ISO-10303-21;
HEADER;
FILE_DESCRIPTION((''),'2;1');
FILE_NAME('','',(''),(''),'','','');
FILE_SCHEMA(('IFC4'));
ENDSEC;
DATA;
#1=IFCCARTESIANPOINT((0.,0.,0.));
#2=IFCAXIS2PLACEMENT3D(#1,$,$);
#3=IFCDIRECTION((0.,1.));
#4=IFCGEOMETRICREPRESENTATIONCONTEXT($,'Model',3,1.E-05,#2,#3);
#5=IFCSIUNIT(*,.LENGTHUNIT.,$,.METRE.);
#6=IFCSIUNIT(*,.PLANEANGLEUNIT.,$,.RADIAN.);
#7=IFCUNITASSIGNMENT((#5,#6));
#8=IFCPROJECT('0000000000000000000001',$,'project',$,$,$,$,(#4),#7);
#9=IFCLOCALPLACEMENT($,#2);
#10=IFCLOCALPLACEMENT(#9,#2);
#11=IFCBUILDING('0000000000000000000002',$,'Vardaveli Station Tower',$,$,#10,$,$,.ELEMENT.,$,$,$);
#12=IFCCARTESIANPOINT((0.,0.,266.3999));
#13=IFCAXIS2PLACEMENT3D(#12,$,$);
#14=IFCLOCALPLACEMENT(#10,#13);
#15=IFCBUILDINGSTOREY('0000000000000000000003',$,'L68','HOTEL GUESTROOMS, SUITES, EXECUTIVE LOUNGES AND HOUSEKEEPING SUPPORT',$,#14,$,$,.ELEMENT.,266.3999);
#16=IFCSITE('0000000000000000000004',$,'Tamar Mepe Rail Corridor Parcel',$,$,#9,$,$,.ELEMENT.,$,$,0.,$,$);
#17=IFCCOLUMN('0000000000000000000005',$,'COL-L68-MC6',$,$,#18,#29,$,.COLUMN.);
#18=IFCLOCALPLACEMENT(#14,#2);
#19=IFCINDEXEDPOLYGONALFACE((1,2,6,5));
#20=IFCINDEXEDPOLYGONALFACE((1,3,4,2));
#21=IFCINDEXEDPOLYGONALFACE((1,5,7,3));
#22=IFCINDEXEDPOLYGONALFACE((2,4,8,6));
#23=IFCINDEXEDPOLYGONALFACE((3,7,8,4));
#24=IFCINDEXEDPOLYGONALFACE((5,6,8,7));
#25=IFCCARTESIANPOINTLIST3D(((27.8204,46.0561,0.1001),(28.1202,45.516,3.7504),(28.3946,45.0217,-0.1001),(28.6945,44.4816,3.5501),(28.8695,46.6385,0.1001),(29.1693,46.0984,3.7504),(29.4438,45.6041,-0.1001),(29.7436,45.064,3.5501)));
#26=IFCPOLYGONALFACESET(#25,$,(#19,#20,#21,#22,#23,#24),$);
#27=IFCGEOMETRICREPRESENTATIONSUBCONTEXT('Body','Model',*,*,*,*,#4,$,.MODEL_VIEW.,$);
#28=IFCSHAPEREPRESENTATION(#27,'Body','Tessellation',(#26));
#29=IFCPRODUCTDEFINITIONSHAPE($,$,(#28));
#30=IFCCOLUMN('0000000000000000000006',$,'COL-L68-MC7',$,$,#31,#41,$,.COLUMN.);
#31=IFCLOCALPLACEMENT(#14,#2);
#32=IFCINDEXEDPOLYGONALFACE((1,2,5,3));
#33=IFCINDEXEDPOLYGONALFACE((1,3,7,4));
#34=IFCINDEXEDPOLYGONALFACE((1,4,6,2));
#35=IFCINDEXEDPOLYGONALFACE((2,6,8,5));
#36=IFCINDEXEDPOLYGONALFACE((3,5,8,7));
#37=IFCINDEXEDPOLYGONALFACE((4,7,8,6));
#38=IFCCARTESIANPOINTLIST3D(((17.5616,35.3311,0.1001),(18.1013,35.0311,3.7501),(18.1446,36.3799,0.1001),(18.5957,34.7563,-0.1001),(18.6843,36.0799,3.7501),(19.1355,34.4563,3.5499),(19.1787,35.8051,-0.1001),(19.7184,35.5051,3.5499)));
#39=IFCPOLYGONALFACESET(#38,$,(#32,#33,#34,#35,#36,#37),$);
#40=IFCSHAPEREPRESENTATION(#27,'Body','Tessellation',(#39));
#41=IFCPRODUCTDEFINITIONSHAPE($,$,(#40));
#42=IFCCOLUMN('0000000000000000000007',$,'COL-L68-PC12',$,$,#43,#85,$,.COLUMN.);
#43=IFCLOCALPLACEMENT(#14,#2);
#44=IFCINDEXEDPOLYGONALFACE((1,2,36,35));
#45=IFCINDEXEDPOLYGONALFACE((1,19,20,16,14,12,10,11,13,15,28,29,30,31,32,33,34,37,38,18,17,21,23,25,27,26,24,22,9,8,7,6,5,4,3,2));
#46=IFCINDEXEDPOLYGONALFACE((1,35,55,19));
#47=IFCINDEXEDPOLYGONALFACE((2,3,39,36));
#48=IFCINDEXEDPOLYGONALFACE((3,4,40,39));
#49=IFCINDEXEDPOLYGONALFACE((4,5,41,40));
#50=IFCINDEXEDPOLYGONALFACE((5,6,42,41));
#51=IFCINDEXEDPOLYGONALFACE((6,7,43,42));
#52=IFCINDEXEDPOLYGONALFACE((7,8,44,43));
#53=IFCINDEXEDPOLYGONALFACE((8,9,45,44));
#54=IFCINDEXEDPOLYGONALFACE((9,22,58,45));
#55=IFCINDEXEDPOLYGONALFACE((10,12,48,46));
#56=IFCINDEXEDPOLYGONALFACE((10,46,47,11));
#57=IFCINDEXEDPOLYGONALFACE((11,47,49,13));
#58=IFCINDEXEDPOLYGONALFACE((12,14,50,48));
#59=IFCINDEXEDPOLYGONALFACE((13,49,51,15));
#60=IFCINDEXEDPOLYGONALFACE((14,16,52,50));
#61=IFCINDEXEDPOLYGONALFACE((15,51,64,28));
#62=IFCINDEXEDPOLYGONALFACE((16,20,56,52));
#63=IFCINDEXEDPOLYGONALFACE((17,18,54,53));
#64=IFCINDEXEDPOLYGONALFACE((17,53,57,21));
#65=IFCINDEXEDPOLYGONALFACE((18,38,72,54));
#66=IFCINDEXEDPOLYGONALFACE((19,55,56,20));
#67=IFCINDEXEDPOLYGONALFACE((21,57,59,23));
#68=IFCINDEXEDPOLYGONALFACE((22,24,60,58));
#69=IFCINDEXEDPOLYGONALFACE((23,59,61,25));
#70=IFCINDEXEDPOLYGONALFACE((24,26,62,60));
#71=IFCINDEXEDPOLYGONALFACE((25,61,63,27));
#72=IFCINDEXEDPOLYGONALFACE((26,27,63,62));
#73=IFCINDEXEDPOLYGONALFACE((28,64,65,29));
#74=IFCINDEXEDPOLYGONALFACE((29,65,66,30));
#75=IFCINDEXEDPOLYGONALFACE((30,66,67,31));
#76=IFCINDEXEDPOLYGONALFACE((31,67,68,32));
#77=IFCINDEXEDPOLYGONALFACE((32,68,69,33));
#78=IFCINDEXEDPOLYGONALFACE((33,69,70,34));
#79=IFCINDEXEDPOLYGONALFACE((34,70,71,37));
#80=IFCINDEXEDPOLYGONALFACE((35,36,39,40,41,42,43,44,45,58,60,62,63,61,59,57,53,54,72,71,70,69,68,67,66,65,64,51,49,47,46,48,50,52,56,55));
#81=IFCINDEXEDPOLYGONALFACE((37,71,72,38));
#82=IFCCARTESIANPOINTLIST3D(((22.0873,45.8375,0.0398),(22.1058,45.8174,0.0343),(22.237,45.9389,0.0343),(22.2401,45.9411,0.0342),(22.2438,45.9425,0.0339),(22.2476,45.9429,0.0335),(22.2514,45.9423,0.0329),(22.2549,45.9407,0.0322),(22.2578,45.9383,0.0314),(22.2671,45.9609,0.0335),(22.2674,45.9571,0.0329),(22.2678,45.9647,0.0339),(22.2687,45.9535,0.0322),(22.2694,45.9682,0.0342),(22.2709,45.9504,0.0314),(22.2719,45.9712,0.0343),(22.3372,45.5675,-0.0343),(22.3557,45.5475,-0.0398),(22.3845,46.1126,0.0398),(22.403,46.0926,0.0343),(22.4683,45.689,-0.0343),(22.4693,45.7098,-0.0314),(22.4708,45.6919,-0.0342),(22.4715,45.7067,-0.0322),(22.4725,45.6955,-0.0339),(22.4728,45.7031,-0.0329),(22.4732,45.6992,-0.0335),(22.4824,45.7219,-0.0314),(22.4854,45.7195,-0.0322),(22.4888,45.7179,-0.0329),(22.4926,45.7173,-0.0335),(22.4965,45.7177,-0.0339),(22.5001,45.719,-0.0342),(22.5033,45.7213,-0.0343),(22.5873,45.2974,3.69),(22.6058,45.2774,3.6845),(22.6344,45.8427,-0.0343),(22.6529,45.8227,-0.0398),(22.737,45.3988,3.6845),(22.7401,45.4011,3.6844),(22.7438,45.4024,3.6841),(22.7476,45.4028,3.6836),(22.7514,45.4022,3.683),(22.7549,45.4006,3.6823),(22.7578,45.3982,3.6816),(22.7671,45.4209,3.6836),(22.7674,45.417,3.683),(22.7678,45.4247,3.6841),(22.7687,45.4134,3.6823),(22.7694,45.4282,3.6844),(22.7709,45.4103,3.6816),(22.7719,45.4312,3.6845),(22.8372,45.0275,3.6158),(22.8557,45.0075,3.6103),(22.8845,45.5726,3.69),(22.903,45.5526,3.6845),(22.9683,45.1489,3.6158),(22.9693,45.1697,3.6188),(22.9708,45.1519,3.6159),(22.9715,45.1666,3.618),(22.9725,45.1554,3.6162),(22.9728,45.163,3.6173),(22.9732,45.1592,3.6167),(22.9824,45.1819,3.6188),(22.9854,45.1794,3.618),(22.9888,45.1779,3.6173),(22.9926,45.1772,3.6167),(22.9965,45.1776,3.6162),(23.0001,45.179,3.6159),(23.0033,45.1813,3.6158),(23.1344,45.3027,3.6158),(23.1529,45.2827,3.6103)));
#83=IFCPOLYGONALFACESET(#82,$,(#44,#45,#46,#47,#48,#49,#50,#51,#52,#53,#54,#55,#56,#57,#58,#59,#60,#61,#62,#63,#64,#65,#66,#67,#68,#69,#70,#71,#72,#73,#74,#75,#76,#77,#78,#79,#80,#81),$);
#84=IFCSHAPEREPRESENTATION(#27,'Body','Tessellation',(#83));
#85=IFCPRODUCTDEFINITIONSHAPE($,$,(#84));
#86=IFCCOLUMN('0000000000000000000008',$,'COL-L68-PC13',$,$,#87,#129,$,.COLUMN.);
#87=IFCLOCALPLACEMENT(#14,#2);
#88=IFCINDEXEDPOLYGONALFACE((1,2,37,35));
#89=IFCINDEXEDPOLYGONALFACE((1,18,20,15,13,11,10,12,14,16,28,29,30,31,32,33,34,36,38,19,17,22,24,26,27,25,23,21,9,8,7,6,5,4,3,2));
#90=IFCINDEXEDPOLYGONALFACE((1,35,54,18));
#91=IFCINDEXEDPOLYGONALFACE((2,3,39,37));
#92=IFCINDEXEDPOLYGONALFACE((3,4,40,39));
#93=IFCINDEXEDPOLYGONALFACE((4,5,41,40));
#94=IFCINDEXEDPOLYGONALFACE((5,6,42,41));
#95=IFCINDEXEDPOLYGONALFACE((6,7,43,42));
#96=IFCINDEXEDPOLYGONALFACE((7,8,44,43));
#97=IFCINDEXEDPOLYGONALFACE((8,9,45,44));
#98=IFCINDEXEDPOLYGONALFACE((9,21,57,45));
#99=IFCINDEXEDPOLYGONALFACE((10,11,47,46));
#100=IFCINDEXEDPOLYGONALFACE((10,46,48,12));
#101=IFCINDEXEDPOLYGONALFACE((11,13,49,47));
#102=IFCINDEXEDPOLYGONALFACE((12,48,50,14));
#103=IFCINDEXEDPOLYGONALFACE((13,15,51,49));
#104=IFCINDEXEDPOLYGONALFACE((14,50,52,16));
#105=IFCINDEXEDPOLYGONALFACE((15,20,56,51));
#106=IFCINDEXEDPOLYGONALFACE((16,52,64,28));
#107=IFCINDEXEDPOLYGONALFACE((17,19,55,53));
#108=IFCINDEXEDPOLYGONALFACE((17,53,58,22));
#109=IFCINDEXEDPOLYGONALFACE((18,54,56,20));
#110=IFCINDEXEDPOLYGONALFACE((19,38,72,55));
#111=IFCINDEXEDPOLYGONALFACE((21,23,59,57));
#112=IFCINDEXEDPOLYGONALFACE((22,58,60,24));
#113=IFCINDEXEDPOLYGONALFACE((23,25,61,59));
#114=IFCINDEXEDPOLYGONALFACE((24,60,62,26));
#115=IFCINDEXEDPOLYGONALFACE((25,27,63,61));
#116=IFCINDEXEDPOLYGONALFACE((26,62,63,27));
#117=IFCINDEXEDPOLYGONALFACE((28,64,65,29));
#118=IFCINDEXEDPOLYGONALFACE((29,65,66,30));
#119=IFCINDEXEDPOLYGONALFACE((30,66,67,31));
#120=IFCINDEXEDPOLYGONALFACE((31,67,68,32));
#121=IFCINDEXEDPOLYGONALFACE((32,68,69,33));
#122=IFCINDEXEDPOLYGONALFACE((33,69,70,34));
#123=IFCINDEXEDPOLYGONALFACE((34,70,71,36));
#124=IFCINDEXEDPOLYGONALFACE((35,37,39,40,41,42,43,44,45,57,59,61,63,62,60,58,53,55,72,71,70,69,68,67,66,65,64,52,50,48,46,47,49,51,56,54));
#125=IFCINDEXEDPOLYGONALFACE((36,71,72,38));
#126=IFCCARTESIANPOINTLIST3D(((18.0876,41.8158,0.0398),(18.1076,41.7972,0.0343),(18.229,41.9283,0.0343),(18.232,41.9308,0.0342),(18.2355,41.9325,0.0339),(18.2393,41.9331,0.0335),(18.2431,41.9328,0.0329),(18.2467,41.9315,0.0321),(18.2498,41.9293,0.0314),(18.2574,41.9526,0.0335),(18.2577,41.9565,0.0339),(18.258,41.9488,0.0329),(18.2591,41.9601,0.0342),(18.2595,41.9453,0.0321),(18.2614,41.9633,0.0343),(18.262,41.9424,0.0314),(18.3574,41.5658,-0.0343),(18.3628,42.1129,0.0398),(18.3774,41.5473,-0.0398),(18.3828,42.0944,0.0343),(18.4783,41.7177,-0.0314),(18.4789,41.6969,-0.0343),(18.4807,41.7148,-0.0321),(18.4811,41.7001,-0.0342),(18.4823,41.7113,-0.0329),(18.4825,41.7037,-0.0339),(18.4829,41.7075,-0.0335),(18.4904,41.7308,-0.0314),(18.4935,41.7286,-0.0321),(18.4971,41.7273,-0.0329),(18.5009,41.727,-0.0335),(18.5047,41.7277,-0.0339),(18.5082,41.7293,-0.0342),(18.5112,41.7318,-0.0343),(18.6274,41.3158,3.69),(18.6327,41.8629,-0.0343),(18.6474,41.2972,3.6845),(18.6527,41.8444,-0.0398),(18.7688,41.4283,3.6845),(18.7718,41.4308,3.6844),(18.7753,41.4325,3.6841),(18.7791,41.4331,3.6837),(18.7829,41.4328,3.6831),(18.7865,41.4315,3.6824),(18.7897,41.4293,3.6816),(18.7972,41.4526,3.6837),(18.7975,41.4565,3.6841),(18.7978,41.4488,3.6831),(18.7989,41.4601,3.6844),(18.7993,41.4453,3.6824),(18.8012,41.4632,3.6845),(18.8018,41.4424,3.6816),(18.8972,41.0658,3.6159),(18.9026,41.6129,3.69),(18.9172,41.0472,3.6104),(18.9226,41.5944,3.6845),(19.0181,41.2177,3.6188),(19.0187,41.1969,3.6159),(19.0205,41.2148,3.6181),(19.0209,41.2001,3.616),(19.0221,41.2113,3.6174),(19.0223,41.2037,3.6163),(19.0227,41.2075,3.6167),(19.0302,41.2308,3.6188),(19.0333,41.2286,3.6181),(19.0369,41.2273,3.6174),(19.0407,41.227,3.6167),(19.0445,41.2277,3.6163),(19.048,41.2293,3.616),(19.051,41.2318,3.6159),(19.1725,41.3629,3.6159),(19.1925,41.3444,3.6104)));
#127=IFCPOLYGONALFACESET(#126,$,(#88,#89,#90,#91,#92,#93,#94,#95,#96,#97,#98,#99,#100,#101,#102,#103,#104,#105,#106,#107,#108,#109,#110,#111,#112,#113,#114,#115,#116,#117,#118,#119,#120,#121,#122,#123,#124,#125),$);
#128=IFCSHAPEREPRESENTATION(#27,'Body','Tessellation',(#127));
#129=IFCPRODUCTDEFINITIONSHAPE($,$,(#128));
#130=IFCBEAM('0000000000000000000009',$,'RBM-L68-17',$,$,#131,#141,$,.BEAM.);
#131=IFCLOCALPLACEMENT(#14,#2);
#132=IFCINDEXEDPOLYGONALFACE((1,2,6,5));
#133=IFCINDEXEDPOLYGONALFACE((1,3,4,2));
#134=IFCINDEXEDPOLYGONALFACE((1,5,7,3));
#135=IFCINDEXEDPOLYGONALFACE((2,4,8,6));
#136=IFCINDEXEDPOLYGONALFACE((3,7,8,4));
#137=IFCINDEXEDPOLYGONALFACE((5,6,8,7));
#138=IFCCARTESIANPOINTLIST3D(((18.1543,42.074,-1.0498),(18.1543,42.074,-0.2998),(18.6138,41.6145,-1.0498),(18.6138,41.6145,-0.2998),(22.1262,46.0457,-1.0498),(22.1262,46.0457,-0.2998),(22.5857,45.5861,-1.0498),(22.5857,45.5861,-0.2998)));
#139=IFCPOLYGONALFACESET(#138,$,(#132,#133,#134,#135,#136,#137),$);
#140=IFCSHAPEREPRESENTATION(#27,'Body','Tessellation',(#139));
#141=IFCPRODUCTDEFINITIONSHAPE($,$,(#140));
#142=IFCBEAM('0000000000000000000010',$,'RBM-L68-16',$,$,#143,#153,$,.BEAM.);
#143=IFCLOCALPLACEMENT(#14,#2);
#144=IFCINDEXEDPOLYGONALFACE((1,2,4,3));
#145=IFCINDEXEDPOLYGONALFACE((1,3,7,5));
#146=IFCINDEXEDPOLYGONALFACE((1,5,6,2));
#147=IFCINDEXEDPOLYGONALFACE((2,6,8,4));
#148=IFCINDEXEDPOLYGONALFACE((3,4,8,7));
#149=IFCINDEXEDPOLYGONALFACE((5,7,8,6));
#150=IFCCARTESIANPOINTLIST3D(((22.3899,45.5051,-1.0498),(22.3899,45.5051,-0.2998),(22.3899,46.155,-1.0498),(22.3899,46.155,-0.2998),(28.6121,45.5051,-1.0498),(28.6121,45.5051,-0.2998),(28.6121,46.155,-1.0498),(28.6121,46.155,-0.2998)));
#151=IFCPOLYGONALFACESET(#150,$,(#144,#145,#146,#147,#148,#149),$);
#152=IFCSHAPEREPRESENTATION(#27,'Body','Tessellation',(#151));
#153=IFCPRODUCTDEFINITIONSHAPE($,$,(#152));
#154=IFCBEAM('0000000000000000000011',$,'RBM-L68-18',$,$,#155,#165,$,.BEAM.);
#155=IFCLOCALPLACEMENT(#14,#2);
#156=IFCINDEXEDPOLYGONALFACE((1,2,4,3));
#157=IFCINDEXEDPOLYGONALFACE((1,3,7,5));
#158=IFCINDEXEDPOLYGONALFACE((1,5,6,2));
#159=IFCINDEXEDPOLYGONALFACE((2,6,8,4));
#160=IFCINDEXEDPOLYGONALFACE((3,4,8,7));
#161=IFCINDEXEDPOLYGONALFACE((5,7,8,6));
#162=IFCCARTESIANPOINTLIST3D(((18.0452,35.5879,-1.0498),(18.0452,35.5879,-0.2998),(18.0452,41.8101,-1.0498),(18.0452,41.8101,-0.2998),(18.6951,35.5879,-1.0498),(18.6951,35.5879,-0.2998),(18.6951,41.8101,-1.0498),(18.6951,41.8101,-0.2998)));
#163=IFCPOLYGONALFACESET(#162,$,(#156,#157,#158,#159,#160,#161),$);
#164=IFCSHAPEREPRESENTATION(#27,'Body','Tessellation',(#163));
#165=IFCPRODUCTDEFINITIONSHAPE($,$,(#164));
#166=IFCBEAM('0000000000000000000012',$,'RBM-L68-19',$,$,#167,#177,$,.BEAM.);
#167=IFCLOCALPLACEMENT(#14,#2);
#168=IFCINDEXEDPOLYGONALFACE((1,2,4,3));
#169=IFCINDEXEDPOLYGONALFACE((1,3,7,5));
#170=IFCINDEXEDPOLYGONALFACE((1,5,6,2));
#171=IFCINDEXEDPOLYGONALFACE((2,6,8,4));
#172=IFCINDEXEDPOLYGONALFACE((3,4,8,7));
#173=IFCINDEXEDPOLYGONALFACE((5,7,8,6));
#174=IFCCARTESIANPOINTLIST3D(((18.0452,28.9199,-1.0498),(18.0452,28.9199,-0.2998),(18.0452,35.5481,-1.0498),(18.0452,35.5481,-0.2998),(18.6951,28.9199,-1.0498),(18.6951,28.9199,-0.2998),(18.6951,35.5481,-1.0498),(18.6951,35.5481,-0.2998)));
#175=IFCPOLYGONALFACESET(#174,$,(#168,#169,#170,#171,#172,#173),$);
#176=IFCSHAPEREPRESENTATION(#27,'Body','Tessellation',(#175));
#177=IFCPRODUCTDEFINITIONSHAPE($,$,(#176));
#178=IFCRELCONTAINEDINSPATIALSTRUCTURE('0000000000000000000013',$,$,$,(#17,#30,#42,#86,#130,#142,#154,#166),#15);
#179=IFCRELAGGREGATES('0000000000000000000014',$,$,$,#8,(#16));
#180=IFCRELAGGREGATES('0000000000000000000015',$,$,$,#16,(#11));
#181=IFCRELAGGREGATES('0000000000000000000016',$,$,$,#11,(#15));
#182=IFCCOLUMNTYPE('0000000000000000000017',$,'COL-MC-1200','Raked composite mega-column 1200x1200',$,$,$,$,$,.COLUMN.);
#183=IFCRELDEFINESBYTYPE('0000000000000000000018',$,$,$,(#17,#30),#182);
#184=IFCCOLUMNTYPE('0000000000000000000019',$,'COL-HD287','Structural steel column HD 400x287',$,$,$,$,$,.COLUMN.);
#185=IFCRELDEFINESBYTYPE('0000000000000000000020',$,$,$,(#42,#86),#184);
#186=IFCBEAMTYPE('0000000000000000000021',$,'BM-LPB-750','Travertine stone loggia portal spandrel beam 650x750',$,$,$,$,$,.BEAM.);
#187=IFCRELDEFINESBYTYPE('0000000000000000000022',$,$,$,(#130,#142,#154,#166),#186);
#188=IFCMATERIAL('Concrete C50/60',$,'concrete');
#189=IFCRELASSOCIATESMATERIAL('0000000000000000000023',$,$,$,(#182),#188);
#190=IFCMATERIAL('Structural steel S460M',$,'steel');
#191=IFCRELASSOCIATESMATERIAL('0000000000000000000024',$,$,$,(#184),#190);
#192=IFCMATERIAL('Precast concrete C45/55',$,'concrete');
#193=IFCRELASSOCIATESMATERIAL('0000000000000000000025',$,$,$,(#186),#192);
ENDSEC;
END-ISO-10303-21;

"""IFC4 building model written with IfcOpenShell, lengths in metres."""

from ifc_helpers import new_model, si_unit, direction, frame, origin, origin_2d, place, context, subcontext, project, spatial, rectangle, i_section, extrude, source, transform, mapped, material, material_profile, profile_set, type_object, element, save


model = new_model("IFC4")

# Units and contexts
model_context = context("Model", 3, precision=1e-05, world=origin(), true_north=direction((0.0, 1.0)))
body_context = subcontext(model_context, "Body", "Model", "MODEL_VIEW")
ifc_project = project(units=[si_unit("LENGTHUNIT", "METRE"), si_unit("PLANEANGLEUNIT", "RADIAN")], contexts=[model_context])

# Site, building, storey
site_placement = place(None, origin())
site = spatial("IfcSite", under=ifc_project, at=site_placement, Name="Tamar Mepe Rail Corridor Parcel", CompositionType="ELEMENT", RefElevation=0.0)
building_placement = place(site_placement, origin())
building = spatial("IfcBuilding", under=site, at=building_placement, Name="Vardaveli Station Tower", CompositionType="ELEMENT")
storey_placement = place(building_placement, frame((0.0, 0.0, 266.3999)))
storey = spatial("IfcBuildingStorey", under=building, at=storey_placement, Name="L68", Description="HOTEL GUESTROOMS, SUITES, EXECUTIVE LOUNGES AND HOUSEKEEPING SUPPORT", CompositionType="ELEMENT", Elevation=266.3999)

# Columns
ifc_material_1 = material(Name="Concrete C50/60", Category="concrete")
ifc_material_profile_1 = material_profile(ifc_material_1, rectangle(XDim=1.2, YDim=1.2, at=origin_2d()), Name="MC 1200x1200")
ifc_profile_set_1 = profile_set([ifc_material_profile_1], Name="Concrete C50/60")
column_type_1 = type_object("IfcColumnType", Name="COL-MC-1200", Description="Raked composite mega-column 1200x1200", PredefinedType="COLUMN", material=ifc_profile_set_1)
shared_shape_1 = source(origin(), body_context, "Body", "SweptSolid", [
    extrude(rectangle(XDim=1.2, YDim=1.2, at=origin_2d()), origin(), (0.0, 0.0, 1.0), 3.7021),
])
column_1_placement = place(storey_placement, frame((28.6321, 45.8301, 0.0), z_axis=(0.080984, -0.145876, 0.985983), x_axis=(0.874306, 0.485374, 0.0)))
element("IfcColumn", 1, at=column_1_placement, inside=storey, type_object=column_type_1, Name="COL-L68-MC6", PredefinedType="COLUMN", context=body_context, shape_type="MappedRepresentation", body=[
    mapped(shared_shape_1, transform((0.0, 0.0, 0.0), scale=1.0)),
])
shared_shape_2 = source(origin(), body_context, "Body", "SweptSolid", [
    extrude(rectangle(XDim=1.2, YDim=1.2, at=origin_2d()), origin(), (0.0, 0.0, 1.0), 3.7019),
])
column_2_placement = place(storey_placement, frame((18.3701, 35.5681, 0.0), z_axis=(0.145811, -0.08105, 0.985987), x_axis=(0.485844, 0.874045, 0.0)))
element("IfcColumn", 2, at=column_2_placement, inside=storey, type_object=column_type_1, Name="COL-L68-MC7", PredefinedType="COLUMN", context=body_context, shape_type="MappedRepresentation", body=[
    mapped(shared_shape_2, transform((0.0, 0.0, 0.0), scale=1.0)),
])
ifc_material_2 = material(Name="Structural steel S460M", Category="steel")
ifc_material_profile_2 = material_profile(ifc_material_2, i_section(OverallWidth=0.405, OverallDepth=0.4031, WebThickness=0.0178, FlangeThickness=0.0278, FilletRadius=0.0149, at=origin_2d()), Name="HD 400x287")
ifc_profile_set_2 = profile_set([ifc_material_profile_2], Name="Structural steel S460M")
column_type_2 = type_object("IfcColumnType", Name="COL-HD287", Description="Structural steel column HD 400x287", PredefinedType="COLUMN", material=ifc_profile_set_2)
shared_shape_3 = source(origin(), body_context, "Body", "SweptSolid", [
    extrude(i_section(OverallWidth=0.405, OverallDepth=0.4031, WebThickness=0.0178, FlangeThickness=0.0278, FilletRadius=0.0149, at=origin_2d()), origin(), (0.0, 0.0, 1.0), 3.7236),
])
for number, where, z_axis, x_axis, name in (
    (3, (22.3701, 45.8301, 0.0), (0.134279, -0.145031, 0.980273), (0.733785, 0.679382, 0.0), "COL-L68-PC12"),
    (4, (18.3701, 41.8301, 0.0), (0.144967, -0.13428, 0.980282), (0.679547, 0.733632, 0.0), "COL-L68-PC13"),
):
    element("IfcColumn", number, at=place(storey_placement, frame(where, z_axis=z_axis, x_axis=x_axis)), inside=storey, type_object=column_type_2, Name=name, PredefinedType="COLUMN", context=body_context, shape_type="MappedRepresentation", body=[
        mapped(shared_shape_3, transform((0.0, 0.0, 0.0), scale=1.0)),
    ])

# Beams
ifc_material_3 = material(Name="Precast concrete C45/55", Category="concrete")
ifc_material_profile_3 = material_profile(ifc_material_3, rectangle(XDim=0.6499, YDim=0.75, at=origin_2d()), Name="LPB 650x750")
ifc_profile_set_3 = profile_set([ifc_material_profile_3], Name="Precast concrete C45/55")
beam_type_1 = type_object("IfcBeamType", Name="BM-LPB-750", Description="Travertine stone loggia portal spandrel beam 650x750", PredefinedType="BEAM", material=ifc_profile_set_3)
shared_shape_4 = source(origin(), body_context, "Body", "SweptSolid", [
    extrude(rectangle(XDim=0.6499, YDim=0.75, at=origin_2d()), origin(), (0.0, 0.0, 1.0), 5.6169),
])
beam_1_placement = place(storey_placement, frame((22.356, 45.8159, -0.6748), z_axis=(-0.707129, -0.707085, 0.0), x_axis=(0.707085, -0.707129, 0.0)))
element("IfcBeam", 5, at=beam_1_placement, inside=storey, type_object=beam_type_1, Name="RBM-L68-17", PredefinedType="BEAM", context=body_context, shape_type="MappedRepresentation", body=[
    mapped(shared_shape_4, transform((0.0, 0.0, 0.0), scale=1.0)),
])
shared_shape_5 = source(origin(), body_context, "Body", "SweptSolid", [
    extrude(rectangle(XDim=0.6499, YDim=0.75, at=origin_2d()), origin(), (0.0, 0.0, 1.0), 6.2222),
])
for number, where, z_axis, x_axis, name in (
    (6, (28.6121, 45.8301, -0.6748), (-1.0, 0.0, 0.0), (0.0, -1.0, 0.0), "RBM-L68-16"),
    (7, (18.3701, 41.8101, -0.6748), (0.0, -1.0, 0.0), (1.0, 0.0, 0.0), "RBM-L68-18"),
):
    element("IfcBeam", number, at=place(storey_placement, frame(where, z_axis=z_axis, x_axis=x_axis)), inside=storey, type_object=beam_type_1, Name=name, PredefinedType="BEAM", context=body_context, shape_type="MappedRepresentation", body=[
        mapped(shared_shape_5, transform((0.0, 0.0, 0.0), scale=1.0)),
    ])
shared_shape_6 = source(origin(), body_context, "Body", "SweptSolid", [
    extrude(rectangle(XDim=0.6499, YDim=0.75, at=origin_2d()), origin(), (0.0, 0.0, 1.0), 6.6282),
])
beam_2_placement = place(storey_placement, frame((18.3701, 35.5481, -0.6748), z_axis=(0.0, -1.0, 0.0), x_axis=(1.0, 0.0, 0.0)))
element("IfcBeam", 8, at=beam_2_placement, inside=storey, type_object=beam_type_1, Name="RBM-L68-19", PredefinedType="BEAM", context=body_context, shape_type="MappedRepresentation", body=[
    mapped(shared_shape_6, transform((0.0, 0.0, 0.0), scale=1.0)),
])

save(model, "model.ifc")
